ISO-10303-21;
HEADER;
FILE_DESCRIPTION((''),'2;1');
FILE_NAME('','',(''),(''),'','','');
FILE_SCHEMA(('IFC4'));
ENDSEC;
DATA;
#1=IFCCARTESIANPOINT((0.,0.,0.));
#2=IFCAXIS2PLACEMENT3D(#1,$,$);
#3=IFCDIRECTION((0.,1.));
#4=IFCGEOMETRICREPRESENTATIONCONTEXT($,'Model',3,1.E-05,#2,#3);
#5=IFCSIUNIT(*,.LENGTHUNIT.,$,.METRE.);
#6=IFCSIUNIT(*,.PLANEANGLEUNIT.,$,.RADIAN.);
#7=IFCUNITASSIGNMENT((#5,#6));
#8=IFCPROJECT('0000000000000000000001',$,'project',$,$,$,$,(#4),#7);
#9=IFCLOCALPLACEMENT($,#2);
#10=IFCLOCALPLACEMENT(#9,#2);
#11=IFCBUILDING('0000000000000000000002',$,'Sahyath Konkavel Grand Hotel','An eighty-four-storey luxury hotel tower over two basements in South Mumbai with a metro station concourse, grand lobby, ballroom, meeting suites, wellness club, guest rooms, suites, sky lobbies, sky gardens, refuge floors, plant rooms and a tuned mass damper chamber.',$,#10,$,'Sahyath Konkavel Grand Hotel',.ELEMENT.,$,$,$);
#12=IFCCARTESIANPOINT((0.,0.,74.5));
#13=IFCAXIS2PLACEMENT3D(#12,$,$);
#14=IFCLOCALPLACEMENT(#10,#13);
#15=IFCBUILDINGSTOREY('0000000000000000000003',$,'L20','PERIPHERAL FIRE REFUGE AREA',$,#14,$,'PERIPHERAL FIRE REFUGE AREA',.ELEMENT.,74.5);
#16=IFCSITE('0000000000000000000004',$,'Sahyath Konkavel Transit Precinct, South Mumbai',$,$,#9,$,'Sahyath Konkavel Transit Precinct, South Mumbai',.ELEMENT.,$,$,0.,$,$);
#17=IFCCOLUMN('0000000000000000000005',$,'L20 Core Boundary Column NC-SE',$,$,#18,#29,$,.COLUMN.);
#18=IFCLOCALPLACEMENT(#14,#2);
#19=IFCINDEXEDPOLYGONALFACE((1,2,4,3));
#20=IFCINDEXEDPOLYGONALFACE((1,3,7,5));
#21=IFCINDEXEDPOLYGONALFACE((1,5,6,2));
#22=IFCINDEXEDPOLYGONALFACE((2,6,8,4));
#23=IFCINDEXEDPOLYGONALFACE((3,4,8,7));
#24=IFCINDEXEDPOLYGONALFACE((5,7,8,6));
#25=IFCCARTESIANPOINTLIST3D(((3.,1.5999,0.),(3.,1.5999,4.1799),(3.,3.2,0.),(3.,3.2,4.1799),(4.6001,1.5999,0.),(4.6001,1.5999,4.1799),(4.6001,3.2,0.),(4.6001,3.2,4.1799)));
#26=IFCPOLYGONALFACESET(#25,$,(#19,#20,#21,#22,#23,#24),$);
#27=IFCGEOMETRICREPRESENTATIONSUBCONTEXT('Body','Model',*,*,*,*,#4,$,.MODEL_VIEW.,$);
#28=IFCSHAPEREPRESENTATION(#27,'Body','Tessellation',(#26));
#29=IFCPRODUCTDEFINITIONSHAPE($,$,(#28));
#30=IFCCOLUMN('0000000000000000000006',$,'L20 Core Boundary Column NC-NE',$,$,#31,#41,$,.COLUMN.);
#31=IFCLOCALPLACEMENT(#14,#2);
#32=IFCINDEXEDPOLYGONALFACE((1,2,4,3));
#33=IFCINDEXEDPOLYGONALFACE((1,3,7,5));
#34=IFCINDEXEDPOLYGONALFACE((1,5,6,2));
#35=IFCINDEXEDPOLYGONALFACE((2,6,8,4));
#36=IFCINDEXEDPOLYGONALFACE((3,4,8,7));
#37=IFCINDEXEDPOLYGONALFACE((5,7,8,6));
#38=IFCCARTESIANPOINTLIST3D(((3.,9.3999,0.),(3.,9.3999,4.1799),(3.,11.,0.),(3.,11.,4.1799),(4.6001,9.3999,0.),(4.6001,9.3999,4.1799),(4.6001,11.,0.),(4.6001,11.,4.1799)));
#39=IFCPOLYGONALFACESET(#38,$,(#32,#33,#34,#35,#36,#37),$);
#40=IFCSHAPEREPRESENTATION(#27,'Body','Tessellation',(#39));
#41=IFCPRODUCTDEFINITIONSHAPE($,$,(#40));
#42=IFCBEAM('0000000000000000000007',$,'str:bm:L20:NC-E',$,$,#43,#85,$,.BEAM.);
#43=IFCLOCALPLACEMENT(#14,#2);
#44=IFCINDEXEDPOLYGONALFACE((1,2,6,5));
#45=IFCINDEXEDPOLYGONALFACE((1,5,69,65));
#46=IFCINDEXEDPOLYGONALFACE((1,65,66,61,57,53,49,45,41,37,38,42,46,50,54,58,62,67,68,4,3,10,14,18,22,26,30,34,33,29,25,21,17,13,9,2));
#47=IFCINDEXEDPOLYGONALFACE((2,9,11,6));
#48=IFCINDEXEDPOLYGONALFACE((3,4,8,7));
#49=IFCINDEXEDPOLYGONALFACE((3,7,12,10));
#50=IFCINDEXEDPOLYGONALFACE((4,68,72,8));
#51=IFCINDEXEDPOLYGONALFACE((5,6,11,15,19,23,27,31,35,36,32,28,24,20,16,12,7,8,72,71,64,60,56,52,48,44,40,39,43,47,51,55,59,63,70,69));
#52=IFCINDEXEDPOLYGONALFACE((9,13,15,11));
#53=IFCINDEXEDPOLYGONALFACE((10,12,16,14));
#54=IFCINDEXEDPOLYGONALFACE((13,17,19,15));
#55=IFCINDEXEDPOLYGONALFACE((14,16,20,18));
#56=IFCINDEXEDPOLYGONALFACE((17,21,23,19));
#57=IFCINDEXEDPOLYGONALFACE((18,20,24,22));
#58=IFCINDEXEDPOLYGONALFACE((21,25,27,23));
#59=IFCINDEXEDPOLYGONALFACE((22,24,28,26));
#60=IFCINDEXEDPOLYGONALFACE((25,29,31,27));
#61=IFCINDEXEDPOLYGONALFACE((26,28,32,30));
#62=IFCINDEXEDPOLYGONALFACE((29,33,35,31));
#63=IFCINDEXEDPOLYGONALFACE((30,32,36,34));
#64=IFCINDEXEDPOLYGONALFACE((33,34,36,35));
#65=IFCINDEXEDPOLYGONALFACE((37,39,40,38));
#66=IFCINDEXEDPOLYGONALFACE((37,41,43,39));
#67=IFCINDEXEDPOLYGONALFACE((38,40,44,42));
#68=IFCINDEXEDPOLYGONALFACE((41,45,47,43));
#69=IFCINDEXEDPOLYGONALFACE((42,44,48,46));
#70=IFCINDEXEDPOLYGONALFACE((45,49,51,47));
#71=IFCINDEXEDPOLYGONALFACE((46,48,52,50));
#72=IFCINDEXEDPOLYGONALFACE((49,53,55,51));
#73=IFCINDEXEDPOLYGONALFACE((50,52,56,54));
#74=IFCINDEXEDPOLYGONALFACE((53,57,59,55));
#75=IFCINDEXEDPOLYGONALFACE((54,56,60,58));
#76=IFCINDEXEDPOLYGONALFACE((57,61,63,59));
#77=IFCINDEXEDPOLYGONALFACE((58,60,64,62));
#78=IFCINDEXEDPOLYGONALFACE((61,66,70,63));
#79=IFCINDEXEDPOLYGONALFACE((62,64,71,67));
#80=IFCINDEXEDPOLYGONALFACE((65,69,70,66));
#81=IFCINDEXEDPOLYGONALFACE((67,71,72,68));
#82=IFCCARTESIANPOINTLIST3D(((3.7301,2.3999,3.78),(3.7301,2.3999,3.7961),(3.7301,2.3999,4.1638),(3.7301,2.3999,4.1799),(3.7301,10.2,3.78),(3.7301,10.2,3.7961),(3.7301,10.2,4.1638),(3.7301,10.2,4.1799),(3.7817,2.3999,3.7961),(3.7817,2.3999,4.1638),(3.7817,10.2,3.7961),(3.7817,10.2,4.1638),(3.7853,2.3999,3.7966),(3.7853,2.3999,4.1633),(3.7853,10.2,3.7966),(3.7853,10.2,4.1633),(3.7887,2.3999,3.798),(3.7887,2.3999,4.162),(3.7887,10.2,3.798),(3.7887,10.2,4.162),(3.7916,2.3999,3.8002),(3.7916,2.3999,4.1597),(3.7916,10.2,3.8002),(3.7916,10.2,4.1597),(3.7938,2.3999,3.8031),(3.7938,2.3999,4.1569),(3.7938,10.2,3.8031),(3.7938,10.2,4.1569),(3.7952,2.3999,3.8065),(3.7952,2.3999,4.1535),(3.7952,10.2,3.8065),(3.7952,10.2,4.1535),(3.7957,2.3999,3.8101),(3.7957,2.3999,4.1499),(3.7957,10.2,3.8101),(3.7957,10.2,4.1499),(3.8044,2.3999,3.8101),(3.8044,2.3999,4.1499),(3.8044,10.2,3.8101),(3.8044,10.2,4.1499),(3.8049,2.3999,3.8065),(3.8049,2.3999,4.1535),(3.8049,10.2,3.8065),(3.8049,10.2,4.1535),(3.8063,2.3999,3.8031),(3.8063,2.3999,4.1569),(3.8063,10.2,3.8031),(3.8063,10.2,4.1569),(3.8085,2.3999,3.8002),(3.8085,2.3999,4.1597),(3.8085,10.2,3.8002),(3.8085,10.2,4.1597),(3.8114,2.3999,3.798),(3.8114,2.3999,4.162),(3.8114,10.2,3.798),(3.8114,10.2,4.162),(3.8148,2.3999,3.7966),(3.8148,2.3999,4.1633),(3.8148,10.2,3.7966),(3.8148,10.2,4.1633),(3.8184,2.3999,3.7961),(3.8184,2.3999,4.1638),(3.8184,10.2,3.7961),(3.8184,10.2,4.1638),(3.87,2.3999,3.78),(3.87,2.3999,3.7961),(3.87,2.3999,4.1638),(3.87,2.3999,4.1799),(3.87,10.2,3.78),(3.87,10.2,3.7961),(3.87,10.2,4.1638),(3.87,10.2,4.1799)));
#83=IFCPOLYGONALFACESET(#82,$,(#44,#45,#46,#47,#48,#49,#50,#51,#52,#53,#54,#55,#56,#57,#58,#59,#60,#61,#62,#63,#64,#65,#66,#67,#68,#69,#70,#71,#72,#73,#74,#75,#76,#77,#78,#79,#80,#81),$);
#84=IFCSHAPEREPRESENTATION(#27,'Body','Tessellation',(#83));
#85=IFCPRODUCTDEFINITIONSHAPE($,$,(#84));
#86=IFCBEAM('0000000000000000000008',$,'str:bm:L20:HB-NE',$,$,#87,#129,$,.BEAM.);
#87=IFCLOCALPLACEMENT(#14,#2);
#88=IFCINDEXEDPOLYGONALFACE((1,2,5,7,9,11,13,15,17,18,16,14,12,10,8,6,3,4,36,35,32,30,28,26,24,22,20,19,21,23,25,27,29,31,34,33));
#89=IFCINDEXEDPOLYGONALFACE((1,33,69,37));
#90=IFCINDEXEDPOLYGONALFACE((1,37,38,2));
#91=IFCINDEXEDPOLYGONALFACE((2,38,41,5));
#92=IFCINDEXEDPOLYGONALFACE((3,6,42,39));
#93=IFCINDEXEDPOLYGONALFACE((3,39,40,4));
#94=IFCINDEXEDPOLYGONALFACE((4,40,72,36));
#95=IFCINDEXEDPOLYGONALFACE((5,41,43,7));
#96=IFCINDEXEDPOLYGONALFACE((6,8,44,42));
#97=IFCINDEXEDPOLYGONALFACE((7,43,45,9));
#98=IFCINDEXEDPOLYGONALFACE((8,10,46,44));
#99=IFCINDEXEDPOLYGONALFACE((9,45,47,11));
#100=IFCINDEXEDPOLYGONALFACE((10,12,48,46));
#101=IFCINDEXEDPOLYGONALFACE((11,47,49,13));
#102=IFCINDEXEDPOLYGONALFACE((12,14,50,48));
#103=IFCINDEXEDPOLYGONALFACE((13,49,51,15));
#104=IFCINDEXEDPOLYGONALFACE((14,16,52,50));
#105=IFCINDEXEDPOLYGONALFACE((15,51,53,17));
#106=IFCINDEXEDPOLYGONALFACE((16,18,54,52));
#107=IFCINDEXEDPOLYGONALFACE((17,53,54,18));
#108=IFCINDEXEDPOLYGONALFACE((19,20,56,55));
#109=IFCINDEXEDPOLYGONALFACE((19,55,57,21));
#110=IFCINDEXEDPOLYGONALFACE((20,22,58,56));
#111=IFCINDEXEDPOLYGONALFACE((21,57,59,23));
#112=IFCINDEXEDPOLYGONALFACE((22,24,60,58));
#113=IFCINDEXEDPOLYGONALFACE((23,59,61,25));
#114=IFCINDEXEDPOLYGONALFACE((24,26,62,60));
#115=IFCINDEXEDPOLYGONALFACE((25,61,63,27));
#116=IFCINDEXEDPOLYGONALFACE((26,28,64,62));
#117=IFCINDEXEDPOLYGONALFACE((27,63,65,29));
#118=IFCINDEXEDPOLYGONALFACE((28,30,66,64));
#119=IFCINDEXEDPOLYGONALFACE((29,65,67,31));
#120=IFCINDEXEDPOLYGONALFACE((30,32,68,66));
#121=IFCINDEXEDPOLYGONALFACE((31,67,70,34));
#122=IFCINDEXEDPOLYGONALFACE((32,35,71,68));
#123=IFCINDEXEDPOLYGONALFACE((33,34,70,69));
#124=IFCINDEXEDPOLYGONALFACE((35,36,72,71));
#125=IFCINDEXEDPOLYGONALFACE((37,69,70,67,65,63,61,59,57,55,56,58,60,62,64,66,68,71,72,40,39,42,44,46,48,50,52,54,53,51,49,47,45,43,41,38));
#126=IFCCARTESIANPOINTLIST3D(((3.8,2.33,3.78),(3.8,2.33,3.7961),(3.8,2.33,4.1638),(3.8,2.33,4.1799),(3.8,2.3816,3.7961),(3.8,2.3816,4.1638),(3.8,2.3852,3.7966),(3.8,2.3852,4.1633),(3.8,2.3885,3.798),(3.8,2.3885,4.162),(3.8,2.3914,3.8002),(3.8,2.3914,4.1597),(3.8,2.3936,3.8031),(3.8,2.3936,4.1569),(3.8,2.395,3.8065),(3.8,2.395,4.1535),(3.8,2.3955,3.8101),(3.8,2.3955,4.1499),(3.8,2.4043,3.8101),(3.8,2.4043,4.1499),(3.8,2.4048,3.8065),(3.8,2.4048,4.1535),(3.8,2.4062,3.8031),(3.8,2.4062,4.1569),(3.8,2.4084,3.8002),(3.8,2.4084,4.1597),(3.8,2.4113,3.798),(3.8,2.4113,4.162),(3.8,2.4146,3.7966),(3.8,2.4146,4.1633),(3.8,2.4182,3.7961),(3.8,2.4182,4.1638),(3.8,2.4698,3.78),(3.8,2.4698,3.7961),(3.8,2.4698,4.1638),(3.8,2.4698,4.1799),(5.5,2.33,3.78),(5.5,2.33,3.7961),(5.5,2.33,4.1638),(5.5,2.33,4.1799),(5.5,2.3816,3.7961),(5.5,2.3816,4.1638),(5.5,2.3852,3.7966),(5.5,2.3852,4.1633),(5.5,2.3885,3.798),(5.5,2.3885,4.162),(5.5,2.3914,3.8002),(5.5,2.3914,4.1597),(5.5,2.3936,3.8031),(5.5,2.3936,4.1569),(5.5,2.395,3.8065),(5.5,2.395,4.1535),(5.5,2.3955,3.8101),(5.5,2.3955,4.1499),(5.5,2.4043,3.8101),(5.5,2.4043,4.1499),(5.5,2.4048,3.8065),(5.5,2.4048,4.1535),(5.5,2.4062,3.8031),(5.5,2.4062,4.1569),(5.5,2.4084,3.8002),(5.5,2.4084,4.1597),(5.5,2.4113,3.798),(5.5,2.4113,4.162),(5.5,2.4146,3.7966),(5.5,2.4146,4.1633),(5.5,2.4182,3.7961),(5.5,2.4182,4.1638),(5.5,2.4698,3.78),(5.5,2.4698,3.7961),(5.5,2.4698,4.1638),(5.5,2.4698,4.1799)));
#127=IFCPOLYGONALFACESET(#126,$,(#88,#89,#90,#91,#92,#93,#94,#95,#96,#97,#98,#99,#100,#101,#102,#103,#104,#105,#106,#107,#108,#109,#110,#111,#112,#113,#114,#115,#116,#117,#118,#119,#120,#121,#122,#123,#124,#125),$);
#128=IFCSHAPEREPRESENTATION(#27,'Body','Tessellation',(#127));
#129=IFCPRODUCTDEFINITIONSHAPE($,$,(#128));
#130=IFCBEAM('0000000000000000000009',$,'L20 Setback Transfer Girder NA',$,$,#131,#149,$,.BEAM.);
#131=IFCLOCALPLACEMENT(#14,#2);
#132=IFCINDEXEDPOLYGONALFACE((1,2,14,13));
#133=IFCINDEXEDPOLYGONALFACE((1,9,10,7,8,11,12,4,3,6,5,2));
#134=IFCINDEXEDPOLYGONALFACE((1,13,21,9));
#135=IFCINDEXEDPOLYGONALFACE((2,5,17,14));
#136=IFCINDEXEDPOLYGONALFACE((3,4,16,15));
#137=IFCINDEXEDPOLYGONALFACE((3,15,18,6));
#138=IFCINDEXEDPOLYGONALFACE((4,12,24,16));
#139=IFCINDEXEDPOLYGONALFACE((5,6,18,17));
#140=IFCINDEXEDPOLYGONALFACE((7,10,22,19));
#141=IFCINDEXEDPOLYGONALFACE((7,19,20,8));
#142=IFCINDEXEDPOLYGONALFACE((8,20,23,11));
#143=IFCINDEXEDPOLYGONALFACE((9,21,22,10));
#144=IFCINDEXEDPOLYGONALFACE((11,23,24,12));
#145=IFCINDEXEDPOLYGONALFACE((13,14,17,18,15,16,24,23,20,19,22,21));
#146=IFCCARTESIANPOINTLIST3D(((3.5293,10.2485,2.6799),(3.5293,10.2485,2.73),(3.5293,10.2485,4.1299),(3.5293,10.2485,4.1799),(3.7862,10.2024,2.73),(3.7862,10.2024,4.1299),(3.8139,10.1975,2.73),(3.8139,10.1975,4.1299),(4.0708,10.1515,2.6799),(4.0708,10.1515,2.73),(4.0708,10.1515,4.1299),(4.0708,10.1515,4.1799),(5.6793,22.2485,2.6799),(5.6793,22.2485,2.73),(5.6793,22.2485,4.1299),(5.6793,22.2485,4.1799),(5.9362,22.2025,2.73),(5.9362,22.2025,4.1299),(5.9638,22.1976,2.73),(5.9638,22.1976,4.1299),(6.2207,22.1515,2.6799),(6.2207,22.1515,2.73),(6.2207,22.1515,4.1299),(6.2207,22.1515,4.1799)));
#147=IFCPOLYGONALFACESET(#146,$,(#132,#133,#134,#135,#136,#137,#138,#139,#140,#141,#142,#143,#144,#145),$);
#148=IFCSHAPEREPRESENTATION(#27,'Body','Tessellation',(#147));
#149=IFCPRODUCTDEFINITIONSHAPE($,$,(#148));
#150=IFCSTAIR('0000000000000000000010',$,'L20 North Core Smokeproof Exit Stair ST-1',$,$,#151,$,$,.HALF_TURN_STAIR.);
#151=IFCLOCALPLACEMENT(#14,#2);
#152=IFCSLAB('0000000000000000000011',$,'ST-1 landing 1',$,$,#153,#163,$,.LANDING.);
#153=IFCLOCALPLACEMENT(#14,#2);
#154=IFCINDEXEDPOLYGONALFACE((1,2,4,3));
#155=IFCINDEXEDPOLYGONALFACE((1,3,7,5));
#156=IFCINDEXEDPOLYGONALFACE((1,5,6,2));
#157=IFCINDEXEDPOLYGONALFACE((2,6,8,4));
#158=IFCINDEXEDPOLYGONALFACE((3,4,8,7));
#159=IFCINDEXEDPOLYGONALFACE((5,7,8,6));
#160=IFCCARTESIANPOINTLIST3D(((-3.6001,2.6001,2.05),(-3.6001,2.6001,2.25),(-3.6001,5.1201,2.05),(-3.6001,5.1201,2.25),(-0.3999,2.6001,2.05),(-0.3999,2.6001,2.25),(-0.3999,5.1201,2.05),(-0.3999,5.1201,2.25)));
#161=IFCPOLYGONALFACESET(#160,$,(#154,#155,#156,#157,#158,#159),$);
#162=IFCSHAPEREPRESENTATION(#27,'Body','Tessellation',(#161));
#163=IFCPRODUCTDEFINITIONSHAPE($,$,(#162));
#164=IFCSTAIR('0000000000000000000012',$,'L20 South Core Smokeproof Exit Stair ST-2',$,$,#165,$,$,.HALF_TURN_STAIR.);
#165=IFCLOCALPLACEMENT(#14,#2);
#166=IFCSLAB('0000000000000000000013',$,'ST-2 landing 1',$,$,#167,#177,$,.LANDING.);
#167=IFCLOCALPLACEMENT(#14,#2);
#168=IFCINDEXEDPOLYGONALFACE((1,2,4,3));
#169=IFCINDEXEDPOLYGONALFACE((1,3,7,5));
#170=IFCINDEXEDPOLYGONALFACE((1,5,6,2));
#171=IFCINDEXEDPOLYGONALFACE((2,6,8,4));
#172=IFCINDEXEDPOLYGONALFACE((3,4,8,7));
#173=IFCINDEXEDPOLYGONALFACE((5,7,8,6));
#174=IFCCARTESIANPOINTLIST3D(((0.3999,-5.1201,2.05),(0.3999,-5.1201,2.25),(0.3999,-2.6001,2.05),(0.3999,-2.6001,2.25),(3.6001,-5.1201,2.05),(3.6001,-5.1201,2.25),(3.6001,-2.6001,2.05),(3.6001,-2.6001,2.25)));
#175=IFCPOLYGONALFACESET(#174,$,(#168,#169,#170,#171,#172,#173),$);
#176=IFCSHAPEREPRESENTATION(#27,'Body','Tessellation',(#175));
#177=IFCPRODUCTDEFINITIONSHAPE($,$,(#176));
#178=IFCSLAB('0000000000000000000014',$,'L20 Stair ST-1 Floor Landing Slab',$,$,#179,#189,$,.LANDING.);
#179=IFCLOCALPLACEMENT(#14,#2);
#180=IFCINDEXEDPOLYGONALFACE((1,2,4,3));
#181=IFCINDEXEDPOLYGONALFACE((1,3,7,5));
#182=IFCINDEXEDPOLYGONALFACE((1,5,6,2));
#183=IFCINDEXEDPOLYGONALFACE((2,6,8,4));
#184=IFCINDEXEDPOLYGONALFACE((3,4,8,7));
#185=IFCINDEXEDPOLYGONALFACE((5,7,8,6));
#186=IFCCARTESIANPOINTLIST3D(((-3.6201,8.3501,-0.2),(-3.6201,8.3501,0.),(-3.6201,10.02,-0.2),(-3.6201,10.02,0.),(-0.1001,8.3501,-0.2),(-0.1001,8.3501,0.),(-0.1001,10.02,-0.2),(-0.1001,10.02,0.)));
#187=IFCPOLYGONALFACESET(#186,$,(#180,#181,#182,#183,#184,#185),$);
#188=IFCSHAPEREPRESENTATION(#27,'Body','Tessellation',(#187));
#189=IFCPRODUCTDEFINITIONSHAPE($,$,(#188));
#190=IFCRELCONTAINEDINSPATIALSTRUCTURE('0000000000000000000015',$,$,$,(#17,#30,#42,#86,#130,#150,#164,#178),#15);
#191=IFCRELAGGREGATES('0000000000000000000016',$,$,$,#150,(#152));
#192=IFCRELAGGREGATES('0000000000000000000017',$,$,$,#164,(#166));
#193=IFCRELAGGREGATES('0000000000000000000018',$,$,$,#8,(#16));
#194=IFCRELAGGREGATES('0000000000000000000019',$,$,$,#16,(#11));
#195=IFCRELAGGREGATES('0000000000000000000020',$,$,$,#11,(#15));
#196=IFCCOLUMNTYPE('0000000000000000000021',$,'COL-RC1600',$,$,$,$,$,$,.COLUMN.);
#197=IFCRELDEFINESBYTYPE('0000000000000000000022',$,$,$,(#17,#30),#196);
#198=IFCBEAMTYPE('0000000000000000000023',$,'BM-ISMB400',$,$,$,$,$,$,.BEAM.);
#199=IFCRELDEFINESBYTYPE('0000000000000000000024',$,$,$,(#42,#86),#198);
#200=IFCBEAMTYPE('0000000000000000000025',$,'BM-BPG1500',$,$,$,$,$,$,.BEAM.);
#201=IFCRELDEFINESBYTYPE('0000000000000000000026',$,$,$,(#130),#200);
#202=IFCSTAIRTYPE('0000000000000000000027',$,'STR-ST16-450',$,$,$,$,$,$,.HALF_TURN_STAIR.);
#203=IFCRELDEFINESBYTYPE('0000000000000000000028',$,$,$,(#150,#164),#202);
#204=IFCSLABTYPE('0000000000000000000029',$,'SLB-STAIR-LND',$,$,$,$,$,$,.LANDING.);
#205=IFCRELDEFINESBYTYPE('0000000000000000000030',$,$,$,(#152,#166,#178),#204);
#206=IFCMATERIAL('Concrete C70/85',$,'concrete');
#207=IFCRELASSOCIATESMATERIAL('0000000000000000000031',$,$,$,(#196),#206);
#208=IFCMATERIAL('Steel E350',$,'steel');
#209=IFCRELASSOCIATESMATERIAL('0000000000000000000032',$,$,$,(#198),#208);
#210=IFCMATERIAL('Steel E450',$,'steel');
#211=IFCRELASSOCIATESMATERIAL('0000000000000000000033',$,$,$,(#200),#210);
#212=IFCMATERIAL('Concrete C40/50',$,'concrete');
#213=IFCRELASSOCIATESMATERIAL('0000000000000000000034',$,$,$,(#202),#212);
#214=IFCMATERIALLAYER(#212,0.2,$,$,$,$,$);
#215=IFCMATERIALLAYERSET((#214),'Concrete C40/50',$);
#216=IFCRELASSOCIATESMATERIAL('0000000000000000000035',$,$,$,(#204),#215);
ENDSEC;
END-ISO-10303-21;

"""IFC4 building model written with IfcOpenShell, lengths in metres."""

from ifc_helpers import new_model, si_unit, direction, frame, origin, origin_2d, place, context, subcontext, project, spatial, polyline, rectangle, i_section, outline, extrude, source, transform, mapped, material, layer, layer_set, material_profile, profile_set, type_object, element, aggregate, save


model = new_model("IFC4")

# Units and contexts
model_context = context("Model", 3, precision=1e-05, world=origin(), true_north=direction((0.0, 1.0)))
body_context = subcontext(model_context, "Body", "Model", "MODEL_VIEW")
ifc_project = project(units=[si_unit("LENGTHUNIT", "METRE"), si_unit("PLANEANGLEUNIT", "RADIAN")], contexts=[model_context])

# Site, building, storey
site_placement = place(None, origin())
site = spatial("IfcSite", under=ifc_project, at=site_placement, Name="Sahyath Konkavel Transit Precinct, South Mumbai", LongName="Sahyath Konkavel Transit Precinct, South Mumbai", CompositionType="ELEMENT", RefElevation=0.0)
building_placement = place(site_placement, origin())
building = spatial("IfcBuilding", under=site, at=building_placement, Name="Sahyath Konkavel Grand Hotel", Description="An eighty-four-storey luxury hotel tower over two basements in South Mumbai with a metro station concourse, grand lobby, ballroom, meeting suites, wellness club, guest rooms, suites, sky lobbies, sky gardens, refuge floors, plant rooms and a tuned mass damper chamber.", LongName="Sahyath Konkavel Grand Hotel", CompositionType="ELEMENT")
storey_placement = place(building_placement, frame((0.0, 0.0, 74.5)))
storey = spatial("IfcBuildingStorey", under=building, at=storey_placement, Name="L20", Description="PERIPHERAL FIRE REFUGE AREA", LongName="PERIPHERAL FIRE REFUGE AREA", CompositionType="ELEMENT", Elevation=74.5)

# Columns
ifc_material_1 = material(Name="Concrete C70/85", Category="concrete")
ifc_material_profile_1 = material_profile(ifc_material_1, rectangle(XDim=1.6001, YDim=1.6001, at=origin_2d()), Name="RC 1600x1600")
ifc_profile_set_1 = profile_set([ifc_material_profile_1], Name="Concrete C70/85")
column_type = type_object("IfcColumnType", Name="COL-RC1600", PredefinedType="COLUMN", material=ifc_profile_set_1)
shared_shape_1 = source(origin(), body_context, "Body", "SweptSolid", [
    extrude(rectangle(XDim=1.6001, YDim=1.6001, at=origin_2d()), origin(), (0.0, 0.0, 1.0), 4.1799),
])
for number, where, z_axis, x_axis, name in (
    (1, (3.8, 2.3999, 0.0), (0.0, 0.0, 1.0), (1.0, 0.0, 0.0), "L20 Core Boundary Column NC-SE"),
    (2, (3.8, 10.2, 0.0), (0.0, 0.0, 1.0), (1.0, 0.0, 0.0), "L20 Core Boundary Column NC-NE"),
):
    element("IfcColumn", number, at=place(storey_placement, frame(where, z_axis=z_axis, x_axis=x_axis)), inside=storey, type_object=column_type, Name=name, PredefinedType="COLUMN", context=body_context, shape_type="MappedRepresentation", body=[
        mapped(shared_shape_1, transform((0.0, 0.0, 0.0), scale=1.0)),
    ])

# Beams
ifc_material_2 = material(Name="Steel E350", Category="steel")
ifc_material_profile_2 = material_profile(ifc_material_2, i_section(OverallWidth=0.1399, OverallDepth=0.3999, WebThickness=0.0088, FlangeThickness=0.0161, FilletRadius=0.0139, at=origin_2d()), Name="ISMB 400")
ifc_profile_set_2 = profile_set([ifc_material_profile_2], Name="Steel E350")
beam_type_1 = type_object("IfcBeamType", Name="BM-ISMB400", PredefinedType="BEAM", material=ifc_profile_set_2)
shared_shape_2 = source(origin(), body_context, "Body", "SweptSolid", [
    extrude(i_section(OverallWidth=0.1399, OverallDepth=0.3999, WebThickness=0.0088, FlangeThickness=0.0161, FilletRadius=0.0139, at=origin_2d()), origin(), (0.0, 0.0, 1.0), 7.8),
])
beam_1_placement = place(storey_placement, frame((3.8, 2.3999, 3.98), z_axis=(0.0, 1.0, 0.0), x_axis=(-1.0, 0.0, 0.0)))
element("IfcBeam", 3, at=beam_1_placement, inside=storey, type_object=beam_type_1, Name="str:bm:L20:NC-E", PredefinedType="BEAM", context=body_context, shape_type="MappedRepresentation", body=[
    mapped(shared_shape_2, transform((0.0, 0.0, 0.0), scale=1.0)),
])
shared_shape_3 = source(origin(), body_context, "Body", "SweptSolid", [
    extrude(i_section(OverallWidth=0.1399, OverallDepth=0.3999, WebThickness=0.0088, FlangeThickness=0.0161, FilletRadius=0.0139, at=origin_2d()), origin(), (0.0, 0.0, 1.0), 1.7),
])
beam_2_placement = place(storey_placement, frame((3.8, 2.3999, 3.98), z_axis=(1.0, 0.0, 0.0), x_axis=(0.0, 1.0, 0.0)))
element("IfcBeam", 4, at=beam_2_placement, inside=storey, type_object=beam_type_1, Name="str:bm:L20:HB-NE", PredefinedType="BEAM", context=body_context, shape_type="MappedRepresentation", body=[
    mapped(shared_shape_3, transform((0.0, 0.0, 0.0), scale=1.0)),
])
ifc_material_3 = material(Name="Steel E450", Category="steel")
ifc_material_profile_3 = material_profile(ifc_material_3, i_section(OverallWidth=0.55, OverallDepth=1.5, WebThickness=0.0281, FlangeThickness=0.05, at=origin_2d()), Name="BPG 1500x550")
ifc_profile_set_3 = profile_set([ifc_material_profile_3], Name="Steel E450")
beam_type_2 = type_object("IfcBeamType", Name="BM-BPG1500", PredefinedType="BEAM", material=ifc_profile_set_3)
shared_shape_4 = source(origin(), body_context, "Body", "SweptSolid", [
    extrude(i_section(OverallWidth=0.55, OverallDepth=1.5, WebThickness=0.0281, FlangeThickness=0.05, at=origin_2d()), origin(), (0.0, 0.0, 1.0), 12.1912),
])
beam_3_placement = place(storey_placement, frame((3.8, 10.2, 3.4299), z_axis=(0.176351, 0.984327, 0.0), x_axis=(-0.984327, 0.176351, 0.0)))
element("IfcBeam", 5, at=beam_3_placement, inside=storey, type_object=beam_type_2, Name="L20 Setback Transfer Girder NA", PredefinedType="BEAM", context=body_context, shape_type="MappedRepresentation", body=[
    mapped(shared_shape_4, transform((0.0, 0.0, 0.0), scale=1.0)),
])

# Stairs, slabs
ifc_material_4 = material(Name="Concrete C40/50", Category="concrete")
stair_type = type_object("IfcStairType", Name="STR-ST16-450", PredefinedType="HALF_TURN_STAIR", material=ifc_material_4)
stair_1_placement = place(storey_placement, origin())
stair_1 = element("IfcStair", 6, at=stair_1_placement, inside=storey, type_object=stair_type, Name="L20 North Core Smokeproof Exit Stair ST-1", PredefinedType="HALF_TURN_STAIR")
ifc_layer_1 = layer(ifc_material_4, 0.2)
ifc_layer_set_1 = layer_set([ifc_layer_1], Name="Concrete C40/50")
slab_type = type_object("IfcSlabType", Name="SLB-STAIR-LND", PredefinedType="LANDING", material=ifc_layer_set_1)
slab_1_placement = place(storey_placement, frame((0.0, 0.0, 2.05)))
slab_1 = element("IfcSlab", 7, at=slab_1_placement, type_object=slab_type, Name="ST-1 landing 1", PredefinedType="LANDING", context=body_context, shape_type="SweptSolid", body=[
    extrude(outline(polyline([(-3.6001, 5.1201), (-3.6001, 2.6001), (-0.3999, 2.6001), (-0.3999, 5.1201), (-3.6001, 5.1201)])), origin(), (0.0, 0.0, 1.0), 0.2),
])
aggregate(stair_1, [slab_1])
stair_2_placement = place(storey_placement, origin())
stair_2 = element("IfcStair", 8, at=stair_2_placement, inside=storey, type_object=stair_type, Name="L20 South Core Smokeproof Exit Stair ST-2", PredefinedType="HALF_TURN_STAIR")
slab_2_placement = place(storey_placement, frame((0.0, 0.0, 2.05)))
slab_2 = element("IfcSlab", 9, at=slab_2_placement, type_object=slab_type, Name="ST-2 landing 1", PredefinedType="LANDING", context=body_context, shape_type="SweptSolid", body=[
    extrude(outline(polyline([(3.6001, -5.1201), (3.6001, -2.6001), (0.3999, -2.6001), (0.3999, -5.1201), (3.6001, -5.1201)])), origin(), (0.0, 0.0, 1.0), 0.2),
])
aggregate(stair_2, [slab_2])

# Slab
slab_3_placement = place(storey_placement, frame((0.0, 0.0, -0.2)))
element("IfcSlab", 10, at=slab_3_placement, inside=storey, type_object=slab_type, Name="L20 Stair ST-1 Floor Landing Slab", PredefinedType="LANDING", context=body_context, shape_type="SweptSolid", body=[
    extrude(outline(polyline([(-3.6201, 8.3501), (-0.1001, 8.3501), (-0.1001, 10.02), (-3.6201, 10.02), (-3.6201, 8.3501)])), origin(), (0.0, 0.0, 1.0), 0.2),
])

save(model, "model.ifc")
